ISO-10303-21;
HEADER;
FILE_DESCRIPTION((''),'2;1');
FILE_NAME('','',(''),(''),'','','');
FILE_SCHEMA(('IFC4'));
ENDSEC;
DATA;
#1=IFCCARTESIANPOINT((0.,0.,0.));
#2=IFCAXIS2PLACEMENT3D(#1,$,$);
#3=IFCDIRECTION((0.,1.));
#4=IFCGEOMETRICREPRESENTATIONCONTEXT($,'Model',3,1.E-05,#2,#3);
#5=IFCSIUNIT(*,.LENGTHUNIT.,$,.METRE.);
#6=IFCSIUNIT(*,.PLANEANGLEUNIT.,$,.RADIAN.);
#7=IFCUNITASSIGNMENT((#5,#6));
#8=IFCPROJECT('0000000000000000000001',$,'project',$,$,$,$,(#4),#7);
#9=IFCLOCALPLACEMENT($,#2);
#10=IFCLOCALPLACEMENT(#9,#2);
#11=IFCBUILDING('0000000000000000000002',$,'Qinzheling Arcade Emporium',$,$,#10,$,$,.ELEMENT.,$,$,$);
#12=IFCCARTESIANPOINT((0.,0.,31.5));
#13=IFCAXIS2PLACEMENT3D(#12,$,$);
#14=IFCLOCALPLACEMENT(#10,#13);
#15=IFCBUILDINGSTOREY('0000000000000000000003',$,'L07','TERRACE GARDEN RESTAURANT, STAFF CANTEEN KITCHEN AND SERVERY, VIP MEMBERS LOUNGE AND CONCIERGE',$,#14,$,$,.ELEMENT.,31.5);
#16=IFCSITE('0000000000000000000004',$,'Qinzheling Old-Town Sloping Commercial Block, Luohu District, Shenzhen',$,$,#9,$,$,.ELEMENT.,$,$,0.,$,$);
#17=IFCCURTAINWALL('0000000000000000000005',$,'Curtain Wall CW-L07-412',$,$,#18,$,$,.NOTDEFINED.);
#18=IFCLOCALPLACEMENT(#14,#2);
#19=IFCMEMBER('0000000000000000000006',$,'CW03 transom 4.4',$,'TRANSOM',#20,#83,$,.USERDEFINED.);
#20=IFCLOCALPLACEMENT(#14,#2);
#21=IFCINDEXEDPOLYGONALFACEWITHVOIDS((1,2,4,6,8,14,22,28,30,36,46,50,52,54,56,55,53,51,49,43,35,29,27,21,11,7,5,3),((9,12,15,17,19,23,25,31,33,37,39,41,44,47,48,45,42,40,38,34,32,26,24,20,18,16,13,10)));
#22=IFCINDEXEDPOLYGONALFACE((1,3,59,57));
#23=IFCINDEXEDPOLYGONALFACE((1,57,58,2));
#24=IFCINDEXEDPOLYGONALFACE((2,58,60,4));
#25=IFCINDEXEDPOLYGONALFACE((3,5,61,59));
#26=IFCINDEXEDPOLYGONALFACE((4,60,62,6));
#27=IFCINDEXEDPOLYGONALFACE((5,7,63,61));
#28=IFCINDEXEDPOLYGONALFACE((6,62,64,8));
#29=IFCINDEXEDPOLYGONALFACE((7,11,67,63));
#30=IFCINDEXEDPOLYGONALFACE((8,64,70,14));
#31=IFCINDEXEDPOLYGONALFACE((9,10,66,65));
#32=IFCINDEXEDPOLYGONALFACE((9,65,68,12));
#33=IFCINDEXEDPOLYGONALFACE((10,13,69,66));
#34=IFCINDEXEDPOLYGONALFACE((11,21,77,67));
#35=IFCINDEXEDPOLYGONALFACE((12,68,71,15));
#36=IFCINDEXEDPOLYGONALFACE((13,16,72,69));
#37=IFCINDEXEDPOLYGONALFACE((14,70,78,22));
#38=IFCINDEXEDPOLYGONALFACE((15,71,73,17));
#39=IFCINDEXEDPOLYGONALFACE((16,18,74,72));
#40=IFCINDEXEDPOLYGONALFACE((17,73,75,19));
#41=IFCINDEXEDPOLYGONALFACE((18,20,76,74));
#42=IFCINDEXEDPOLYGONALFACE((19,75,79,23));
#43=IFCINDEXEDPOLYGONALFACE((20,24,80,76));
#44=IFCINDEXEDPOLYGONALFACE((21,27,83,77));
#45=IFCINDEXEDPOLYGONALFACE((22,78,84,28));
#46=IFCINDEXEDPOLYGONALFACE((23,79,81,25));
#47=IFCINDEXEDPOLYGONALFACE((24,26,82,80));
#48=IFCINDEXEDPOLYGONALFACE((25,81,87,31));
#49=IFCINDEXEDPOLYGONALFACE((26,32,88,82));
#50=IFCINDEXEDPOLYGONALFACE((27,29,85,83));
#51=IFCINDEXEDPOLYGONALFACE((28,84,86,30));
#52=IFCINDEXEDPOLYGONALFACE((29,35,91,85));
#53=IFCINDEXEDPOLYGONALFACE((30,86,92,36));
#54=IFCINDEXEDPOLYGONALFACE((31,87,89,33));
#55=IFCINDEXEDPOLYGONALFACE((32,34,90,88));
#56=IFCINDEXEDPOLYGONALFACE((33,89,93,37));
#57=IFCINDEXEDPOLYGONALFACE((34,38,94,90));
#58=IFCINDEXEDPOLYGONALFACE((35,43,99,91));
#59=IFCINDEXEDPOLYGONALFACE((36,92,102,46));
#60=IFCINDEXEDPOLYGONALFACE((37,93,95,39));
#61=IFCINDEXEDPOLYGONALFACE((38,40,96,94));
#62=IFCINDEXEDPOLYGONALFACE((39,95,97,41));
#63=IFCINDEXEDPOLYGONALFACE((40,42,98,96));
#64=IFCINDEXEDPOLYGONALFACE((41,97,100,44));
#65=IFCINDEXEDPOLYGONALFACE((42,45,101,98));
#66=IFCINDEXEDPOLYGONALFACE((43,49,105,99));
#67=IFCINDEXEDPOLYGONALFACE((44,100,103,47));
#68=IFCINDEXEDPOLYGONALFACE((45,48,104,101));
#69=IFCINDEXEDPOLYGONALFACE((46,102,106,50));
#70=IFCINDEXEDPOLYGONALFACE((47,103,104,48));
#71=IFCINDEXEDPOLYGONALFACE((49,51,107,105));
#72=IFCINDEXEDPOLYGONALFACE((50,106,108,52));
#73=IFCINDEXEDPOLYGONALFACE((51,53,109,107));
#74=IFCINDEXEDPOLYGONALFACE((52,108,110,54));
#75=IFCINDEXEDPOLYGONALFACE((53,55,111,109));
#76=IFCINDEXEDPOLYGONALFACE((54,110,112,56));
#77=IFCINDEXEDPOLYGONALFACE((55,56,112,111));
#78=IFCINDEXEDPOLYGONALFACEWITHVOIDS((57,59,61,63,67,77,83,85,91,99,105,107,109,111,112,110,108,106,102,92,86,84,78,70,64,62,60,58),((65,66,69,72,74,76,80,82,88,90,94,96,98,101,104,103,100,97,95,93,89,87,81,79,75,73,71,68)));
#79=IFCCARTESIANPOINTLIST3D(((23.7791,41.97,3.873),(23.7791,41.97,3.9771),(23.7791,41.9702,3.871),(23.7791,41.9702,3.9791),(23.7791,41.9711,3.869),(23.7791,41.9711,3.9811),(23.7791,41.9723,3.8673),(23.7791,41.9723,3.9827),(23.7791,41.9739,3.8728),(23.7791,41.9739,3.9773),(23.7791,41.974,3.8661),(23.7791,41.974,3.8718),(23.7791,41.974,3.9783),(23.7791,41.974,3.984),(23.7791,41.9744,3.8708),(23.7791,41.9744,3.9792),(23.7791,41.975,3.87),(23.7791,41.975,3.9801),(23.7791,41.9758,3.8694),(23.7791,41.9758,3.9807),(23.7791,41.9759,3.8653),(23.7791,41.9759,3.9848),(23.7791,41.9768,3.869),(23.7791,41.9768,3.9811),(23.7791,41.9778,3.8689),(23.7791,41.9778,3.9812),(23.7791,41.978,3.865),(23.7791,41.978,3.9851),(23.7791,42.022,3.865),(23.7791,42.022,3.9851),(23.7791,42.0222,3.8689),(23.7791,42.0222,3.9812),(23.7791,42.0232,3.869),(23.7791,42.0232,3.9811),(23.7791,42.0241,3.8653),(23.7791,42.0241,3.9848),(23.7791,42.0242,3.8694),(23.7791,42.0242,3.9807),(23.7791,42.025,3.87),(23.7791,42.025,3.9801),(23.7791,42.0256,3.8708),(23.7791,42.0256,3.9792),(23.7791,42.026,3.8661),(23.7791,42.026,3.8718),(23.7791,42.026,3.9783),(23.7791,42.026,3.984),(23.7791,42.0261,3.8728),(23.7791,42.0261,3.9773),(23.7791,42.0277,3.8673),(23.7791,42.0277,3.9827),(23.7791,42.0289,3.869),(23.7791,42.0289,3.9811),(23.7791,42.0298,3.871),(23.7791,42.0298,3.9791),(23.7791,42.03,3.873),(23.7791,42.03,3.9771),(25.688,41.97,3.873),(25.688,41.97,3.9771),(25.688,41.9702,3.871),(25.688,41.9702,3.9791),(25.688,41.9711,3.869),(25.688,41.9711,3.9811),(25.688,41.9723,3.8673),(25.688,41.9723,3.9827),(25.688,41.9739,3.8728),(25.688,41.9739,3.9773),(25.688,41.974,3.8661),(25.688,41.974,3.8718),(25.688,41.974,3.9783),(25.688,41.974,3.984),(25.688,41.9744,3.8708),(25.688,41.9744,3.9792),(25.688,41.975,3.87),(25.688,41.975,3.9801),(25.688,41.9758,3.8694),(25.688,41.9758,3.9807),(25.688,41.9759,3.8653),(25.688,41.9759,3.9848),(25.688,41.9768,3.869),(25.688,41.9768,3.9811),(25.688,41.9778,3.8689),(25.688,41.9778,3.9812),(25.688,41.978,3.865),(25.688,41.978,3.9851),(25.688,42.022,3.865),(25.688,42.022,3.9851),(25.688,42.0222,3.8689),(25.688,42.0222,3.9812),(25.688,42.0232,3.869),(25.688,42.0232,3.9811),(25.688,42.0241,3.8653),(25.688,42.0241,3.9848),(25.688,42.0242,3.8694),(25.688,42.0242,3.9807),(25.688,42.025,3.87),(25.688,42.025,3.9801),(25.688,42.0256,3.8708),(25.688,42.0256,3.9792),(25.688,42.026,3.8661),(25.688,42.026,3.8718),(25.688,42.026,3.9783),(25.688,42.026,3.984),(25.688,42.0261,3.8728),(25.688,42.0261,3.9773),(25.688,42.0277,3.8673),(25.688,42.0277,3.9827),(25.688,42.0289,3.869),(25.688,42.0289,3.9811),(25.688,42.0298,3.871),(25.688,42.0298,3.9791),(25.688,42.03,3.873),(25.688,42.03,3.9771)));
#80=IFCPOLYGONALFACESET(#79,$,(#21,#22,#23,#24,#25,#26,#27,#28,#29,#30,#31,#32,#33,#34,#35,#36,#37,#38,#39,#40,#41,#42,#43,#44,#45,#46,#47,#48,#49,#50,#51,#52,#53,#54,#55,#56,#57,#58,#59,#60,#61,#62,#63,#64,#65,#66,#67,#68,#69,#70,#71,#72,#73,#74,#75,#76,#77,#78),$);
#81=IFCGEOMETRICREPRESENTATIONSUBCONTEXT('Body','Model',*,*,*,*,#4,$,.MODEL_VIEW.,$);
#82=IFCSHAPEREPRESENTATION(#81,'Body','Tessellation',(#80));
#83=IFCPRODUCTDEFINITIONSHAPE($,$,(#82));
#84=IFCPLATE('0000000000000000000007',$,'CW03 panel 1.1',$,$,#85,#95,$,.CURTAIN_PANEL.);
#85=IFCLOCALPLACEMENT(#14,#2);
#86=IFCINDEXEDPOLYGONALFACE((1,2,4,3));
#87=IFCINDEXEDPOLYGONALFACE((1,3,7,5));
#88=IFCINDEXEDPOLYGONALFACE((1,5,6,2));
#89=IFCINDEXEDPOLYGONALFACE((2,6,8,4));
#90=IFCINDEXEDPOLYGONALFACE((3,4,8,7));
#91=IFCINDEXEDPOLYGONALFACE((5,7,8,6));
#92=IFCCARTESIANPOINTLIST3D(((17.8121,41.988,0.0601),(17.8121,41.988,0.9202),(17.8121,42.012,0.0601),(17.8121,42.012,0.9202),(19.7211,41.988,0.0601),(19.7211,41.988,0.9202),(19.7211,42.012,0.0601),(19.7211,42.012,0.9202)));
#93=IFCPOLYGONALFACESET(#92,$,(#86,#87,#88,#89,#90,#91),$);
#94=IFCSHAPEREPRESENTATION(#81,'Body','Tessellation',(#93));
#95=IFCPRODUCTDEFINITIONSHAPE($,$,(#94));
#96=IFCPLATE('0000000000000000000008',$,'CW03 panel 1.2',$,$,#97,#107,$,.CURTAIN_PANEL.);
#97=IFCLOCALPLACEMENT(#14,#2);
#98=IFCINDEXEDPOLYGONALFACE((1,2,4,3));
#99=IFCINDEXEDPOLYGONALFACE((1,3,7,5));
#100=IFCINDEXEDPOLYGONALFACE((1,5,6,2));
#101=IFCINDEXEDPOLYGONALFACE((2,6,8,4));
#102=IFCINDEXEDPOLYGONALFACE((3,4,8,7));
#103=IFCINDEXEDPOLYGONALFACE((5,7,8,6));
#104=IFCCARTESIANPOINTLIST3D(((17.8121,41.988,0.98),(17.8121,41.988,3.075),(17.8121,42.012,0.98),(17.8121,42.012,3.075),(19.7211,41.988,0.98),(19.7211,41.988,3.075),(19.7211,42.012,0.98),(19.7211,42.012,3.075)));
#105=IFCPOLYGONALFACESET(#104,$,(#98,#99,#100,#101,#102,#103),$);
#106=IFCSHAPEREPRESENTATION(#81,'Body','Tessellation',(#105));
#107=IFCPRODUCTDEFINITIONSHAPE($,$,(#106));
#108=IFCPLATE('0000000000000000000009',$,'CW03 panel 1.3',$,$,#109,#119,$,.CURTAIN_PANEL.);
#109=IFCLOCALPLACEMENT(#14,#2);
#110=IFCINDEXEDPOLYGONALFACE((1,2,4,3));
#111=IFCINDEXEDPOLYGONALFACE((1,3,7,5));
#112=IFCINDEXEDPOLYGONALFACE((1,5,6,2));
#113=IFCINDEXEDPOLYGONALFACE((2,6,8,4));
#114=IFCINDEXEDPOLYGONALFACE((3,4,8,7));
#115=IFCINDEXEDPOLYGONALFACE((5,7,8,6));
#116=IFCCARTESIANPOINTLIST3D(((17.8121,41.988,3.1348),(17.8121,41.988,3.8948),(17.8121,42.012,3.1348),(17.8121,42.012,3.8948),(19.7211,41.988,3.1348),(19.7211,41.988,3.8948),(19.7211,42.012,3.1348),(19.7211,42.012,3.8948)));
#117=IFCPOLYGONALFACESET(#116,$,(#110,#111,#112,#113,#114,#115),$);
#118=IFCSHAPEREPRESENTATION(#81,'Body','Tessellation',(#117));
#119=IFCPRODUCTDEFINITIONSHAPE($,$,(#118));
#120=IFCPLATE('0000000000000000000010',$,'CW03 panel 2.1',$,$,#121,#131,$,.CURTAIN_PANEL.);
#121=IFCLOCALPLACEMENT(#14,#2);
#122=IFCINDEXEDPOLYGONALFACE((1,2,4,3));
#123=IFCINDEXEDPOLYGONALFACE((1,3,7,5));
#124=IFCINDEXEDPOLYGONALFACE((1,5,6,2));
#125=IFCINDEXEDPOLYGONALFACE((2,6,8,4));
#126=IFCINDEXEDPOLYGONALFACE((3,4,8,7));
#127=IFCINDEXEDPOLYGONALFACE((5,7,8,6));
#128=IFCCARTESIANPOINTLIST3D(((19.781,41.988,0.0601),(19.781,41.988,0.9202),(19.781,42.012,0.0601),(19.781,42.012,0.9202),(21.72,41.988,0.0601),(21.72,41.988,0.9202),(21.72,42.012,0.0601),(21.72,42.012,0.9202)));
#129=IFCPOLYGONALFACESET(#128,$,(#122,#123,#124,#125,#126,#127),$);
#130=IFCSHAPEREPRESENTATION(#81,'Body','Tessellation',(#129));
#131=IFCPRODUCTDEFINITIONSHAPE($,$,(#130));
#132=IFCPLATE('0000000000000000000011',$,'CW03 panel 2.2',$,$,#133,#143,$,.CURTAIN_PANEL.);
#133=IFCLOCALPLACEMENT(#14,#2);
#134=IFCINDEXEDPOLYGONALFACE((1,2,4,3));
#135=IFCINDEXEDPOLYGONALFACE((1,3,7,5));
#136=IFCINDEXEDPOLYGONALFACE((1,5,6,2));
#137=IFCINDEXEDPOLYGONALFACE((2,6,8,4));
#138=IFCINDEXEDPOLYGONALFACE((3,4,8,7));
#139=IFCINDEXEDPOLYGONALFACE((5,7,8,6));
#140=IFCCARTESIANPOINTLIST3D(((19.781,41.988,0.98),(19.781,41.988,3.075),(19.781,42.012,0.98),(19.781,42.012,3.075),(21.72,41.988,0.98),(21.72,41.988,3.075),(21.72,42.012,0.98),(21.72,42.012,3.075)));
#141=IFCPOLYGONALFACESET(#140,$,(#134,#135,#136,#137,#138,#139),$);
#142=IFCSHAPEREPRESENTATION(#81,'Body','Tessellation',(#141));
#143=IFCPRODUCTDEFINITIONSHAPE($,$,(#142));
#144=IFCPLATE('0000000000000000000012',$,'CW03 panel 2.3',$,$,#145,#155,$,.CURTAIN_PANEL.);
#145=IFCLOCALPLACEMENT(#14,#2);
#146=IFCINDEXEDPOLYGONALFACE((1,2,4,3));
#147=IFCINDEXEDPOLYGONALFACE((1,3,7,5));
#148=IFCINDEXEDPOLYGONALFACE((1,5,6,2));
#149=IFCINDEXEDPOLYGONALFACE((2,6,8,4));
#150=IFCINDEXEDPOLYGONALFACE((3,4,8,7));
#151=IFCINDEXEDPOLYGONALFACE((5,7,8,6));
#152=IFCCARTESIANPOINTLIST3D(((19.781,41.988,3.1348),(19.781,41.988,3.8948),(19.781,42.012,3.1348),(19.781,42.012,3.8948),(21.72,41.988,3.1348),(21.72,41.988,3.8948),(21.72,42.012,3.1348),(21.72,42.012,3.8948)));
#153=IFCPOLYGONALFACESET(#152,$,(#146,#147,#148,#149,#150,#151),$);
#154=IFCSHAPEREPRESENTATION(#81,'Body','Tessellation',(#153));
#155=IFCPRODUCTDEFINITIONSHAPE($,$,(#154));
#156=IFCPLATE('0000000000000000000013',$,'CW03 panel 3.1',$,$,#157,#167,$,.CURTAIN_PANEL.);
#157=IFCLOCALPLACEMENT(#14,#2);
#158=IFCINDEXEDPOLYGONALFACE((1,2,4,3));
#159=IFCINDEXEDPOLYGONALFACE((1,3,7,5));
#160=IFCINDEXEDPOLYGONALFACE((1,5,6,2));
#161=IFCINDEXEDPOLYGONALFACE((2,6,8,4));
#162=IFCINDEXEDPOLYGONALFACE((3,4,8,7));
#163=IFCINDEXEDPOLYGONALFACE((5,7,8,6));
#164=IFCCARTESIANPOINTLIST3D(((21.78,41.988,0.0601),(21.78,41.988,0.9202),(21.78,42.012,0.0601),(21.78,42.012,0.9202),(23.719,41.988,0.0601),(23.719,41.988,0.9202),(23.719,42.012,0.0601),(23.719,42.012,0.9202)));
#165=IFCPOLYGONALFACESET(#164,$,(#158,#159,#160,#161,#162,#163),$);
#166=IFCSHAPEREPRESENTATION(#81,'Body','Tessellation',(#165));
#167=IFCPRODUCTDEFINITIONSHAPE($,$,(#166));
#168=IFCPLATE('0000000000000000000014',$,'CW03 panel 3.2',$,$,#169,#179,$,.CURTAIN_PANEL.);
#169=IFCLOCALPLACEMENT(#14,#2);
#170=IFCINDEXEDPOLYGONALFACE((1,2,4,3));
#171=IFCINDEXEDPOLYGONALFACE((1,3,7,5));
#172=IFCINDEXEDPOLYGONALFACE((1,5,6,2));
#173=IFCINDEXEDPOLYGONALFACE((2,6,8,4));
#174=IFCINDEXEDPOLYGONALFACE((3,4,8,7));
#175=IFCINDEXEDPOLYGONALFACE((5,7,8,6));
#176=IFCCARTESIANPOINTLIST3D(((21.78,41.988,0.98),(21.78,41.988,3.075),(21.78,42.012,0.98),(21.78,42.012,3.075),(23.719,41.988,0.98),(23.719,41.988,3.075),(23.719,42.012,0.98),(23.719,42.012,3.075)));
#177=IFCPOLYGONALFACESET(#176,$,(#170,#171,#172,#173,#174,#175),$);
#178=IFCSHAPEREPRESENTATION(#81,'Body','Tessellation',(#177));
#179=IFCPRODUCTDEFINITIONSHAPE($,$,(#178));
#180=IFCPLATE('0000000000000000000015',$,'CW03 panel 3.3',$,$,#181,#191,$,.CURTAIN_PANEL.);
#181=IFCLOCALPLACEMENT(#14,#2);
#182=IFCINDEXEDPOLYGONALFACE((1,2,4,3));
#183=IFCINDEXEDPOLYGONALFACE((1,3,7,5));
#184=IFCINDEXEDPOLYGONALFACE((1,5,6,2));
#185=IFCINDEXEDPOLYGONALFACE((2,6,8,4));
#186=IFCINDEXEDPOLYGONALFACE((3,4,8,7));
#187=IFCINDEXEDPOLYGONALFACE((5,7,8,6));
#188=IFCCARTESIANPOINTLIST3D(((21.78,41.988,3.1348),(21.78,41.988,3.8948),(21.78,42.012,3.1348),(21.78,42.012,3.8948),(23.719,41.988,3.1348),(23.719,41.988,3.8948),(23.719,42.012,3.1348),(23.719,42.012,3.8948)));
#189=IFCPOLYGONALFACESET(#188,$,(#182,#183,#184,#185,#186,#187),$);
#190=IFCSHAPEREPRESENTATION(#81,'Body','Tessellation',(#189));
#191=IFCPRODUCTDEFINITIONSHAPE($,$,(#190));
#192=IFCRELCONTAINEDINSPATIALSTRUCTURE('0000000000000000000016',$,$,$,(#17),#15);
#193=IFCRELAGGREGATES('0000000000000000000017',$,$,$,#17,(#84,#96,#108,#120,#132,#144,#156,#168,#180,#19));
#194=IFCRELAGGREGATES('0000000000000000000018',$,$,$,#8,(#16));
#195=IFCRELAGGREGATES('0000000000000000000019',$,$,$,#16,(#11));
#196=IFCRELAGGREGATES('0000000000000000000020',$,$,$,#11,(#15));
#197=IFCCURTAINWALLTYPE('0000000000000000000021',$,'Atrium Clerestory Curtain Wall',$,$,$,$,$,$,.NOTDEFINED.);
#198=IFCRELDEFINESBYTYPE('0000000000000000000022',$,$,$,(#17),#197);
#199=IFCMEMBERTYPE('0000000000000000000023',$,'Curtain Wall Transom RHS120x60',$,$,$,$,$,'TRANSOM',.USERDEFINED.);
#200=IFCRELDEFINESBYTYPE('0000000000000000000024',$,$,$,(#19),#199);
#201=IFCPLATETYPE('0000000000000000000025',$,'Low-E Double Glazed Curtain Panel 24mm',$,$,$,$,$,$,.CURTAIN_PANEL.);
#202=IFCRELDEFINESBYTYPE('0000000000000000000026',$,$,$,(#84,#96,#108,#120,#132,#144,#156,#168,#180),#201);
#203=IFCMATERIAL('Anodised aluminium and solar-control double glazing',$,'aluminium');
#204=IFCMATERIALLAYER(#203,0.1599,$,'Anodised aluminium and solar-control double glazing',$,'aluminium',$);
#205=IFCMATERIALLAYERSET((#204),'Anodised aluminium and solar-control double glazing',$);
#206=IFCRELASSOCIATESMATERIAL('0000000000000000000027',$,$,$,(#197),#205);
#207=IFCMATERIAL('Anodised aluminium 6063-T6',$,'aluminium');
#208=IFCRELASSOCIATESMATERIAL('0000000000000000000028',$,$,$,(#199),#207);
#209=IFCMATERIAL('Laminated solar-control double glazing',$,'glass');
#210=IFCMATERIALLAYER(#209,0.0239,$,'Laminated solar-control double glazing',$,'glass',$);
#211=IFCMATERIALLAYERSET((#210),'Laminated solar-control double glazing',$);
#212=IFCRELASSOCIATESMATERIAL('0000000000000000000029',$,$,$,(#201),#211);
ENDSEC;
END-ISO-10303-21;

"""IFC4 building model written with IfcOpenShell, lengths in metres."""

from ifc_helpers import new_model, si_unit, direction, frame, origin, origin_2d, place, context, subcontext, project, spatial, rectangle, hollow_rectangle, extrude, material, layer, layer_set, material_profile, profile_set, type_object, element, aggregate, save


model = new_model("IFC4")

# Units and contexts
model_context = context("Model", 3, precision=1e-05, world=origin(), true_north=direction((0.0, 1.0)))
body_context = subcontext(model_context, "Body", "Model", "MODEL_VIEW")
ifc_project = project(units=[si_unit("LENGTHUNIT", "METRE"), si_unit("PLANEANGLEUNIT", "RADIAN")], contexts=[model_context])

# Site, building, storey
site_placement = place(None, origin())
site = spatial("IfcSite", under=ifc_project, at=site_placement, Name="Qinzheling Old-Town Sloping Commercial Block, Luohu District, Shenzhen", CompositionType="ELEMENT", RefElevation=0.0)
building_placement = place(site_placement, origin())
building = spatial("IfcBuilding", under=site, at=building_placement, Name="Qinzheling Arcade Emporium", CompositionType="ELEMENT")
storey_placement = place(building_placement, frame((0.0, 0.0, 31.5)))
storey = spatial("IfcBuildingStorey", under=building, at=storey_placement, Name="L07", Description="TERRACE GARDEN RESTAURANT, STAFF CANTEEN KITCHEN AND SERVERY, VIP MEMBERS LOUNGE AND CONCIERGE", CompositionType="ELEMENT", Elevation=31.5)

# Curtain wall, member, plates
ifc_material_1 = material(Name="Anodised aluminium and solar-control double glazing", Category="aluminium")
ifc_layer_1 = layer(ifc_material_1, 0.1599, Name="Anodised aluminium and solar-control double glazing", Category="aluminium")
ifc_layer_set_1 = layer_set([ifc_layer_1], Name="Anodised aluminium and solar-control double glazing")
curtain_wall_type = type_object("IfcCurtainWallType", Name="Atrium Clerestory Curtain Wall", PredefinedType="NOTDEFINED", material=ifc_layer_set_1)
curtain_wall_placement = place(storey_placement, origin())
curtain_wall = element("IfcCurtainWall", 1, at=curtain_wall_placement, inside=storey, type_object=curtain_wall_type, Name="Curtain Wall CW-L07-412", PredefinedType="NOTDEFINED")
ifc_material_2 = material(Name="Anodised aluminium 6063-T6", Category="aluminium")
ifc_material_profile_1 = material_profile(ifc_material_2, hollow_rectangle(XDim=0.0601, YDim=0.1201, WallThickness=0.0039, InnerFilletRadius=0.0039, OuterFilletRadius=0.0081, at=origin_2d()), Name="RHS 120x60x4", Category="aluminium")
ifc_profile_set_1 = profile_set([ifc_material_profile_1], Name="Anodised aluminium 6063-T6")
member_type_1 = type_object("IfcMemberType", Name="Curtain Wall Transom RHS120x60", ElementType="TRANSOM", PredefinedType="USERDEFINED", material=ifc_profile_set_1)
member_1_placement = place(storey_placement, frame((23.7791, 42.0, 3.925), z_axis=(1.0, 0.0, 0.0), x_axis=(0.0, 1.0, 0.0)))
member_1 = element("IfcMember", 2, at=member_1_placement, type_object=member_type_1, Name="CW03 transom 4.4", ObjectType="TRANSOM", PredefinedType="USERDEFINED", context=body_context, shape_type="SweptSolid", body=[
    extrude(hollow_rectangle(XDim=0.0601, YDim=0.1201, WallThickness=0.0039, InnerFilletRadius=0.0039, OuterFilletRadius=0.0081, at=origin_2d()), origin(), (0.0, 0.0, 1.0), 1.9089),
])
ifc_material_3 = material(Name="Laminated solar-control double glazing", Category="glass")
ifc_layer_2 = layer(ifc_material_3, 0.0239, Name="Laminated solar-control double glazing", Category="glass")
ifc_layer_set_2 = layer_set([ifc_layer_2], Name="Laminated solar-control double glazing")
plate_type = type_object("IfcPlateType", Name="Low-E Double Glazed Curtain Panel 24mm", PredefinedType="CURTAIN_PANEL", material=ifc_layer_set_2)
plate_1_placement = place(storey_placement, frame((18.7666, 42.0, 0.0601), z_axis=(0.0, 0.0, 1.0), x_axis=(1.0, 0.0, 0.0)))
plate_1 = element("IfcPlate", 3, at=plate_1_placement, type_object=plate_type, Name="CW03 panel 1.1", PredefinedType="CURTAIN_PANEL", context=body_context, shape_type="SweptSolid", body=[
    extrude(rectangle(XDim=1.9089, YDim=0.0239, at=origin_2d()), origin(), (0.0, 0.0, 1.0), 0.8601),
])
plate_2_placement = place(storey_placement, frame((18.7666, 42.0, 0.98), z_axis=(0.0, 0.0, 1.0), x_axis=(1.0, 0.0, 0.0)))
plate_2 = element("IfcPlate", 4, at=plate_2_placement, type_object=plate_type, Name="CW03 panel 1.2", PredefinedType="CURTAIN_PANEL", context=body_context, shape_type="SweptSolid", body=[
    extrude(rectangle(XDim=1.9089, YDim=0.0239, at=origin_2d()), origin(), (0.0, 0.0, 1.0), 2.095),
])
plate_3_placement = place(storey_placement, frame((18.7666, 42.0, 3.1348), z_axis=(0.0, 0.0, 1.0), x_axis=(1.0, 0.0, 0.0)))
plate_3 = element("IfcPlate", 5, at=plate_3_placement, type_object=plate_type, Name="CW03 panel 1.3", PredefinedType="CURTAIN_PANEL", context=body_context, shape_type="SweptSolid", body=[
    extrude(rectangle(XDim=1.9089, YDim=0.0239, at=origin_2d()), origin(), (0.0, 0.0, 1.0), 0.76),
])
plate_4_placement = place(storey_placement, frame((20.7505, 42.0, 0.0601), z_axis=(0.0, 0.0, 1.0), x_axis=(1.0, 0.0, 0.0)))
plate_4 = element("IfcPlate", 6, at=plate_4_placement, type_object=plate_type, Name="CW03 panel 2.1", PredefinedType="CURTAIN_PANEL", context=body_context, shape_type="SweptSolid", body=[
    extrude(rectangle(XDim=1.939, YDim=0.0239, at=origin_2d()), origin(), (0.0, 0.0, 1.0), 0.8601),
])
plate_5_placement = place(storey_placement, frame((20.7505, 42.0, 0.98), z_axis=(0.0, 0.0, 1.0), x_axis=(1.0, 0.0, 0.0)))
plate_5 = element("IfcPlate", 7, at=plate_5_placement, type_object=plate_type, Name="CW03 panel 2.2", PredefinedType="CURTAIN_PANEL", context=body_context, shape_type="SweptSolid", body=[
    extrude(rectangle(XDim=1.939, YDim=0.0239, at=origin_2d()), origin(), (0.0, 0.0, 1.0), 2.095),
])
plate_6_placement = place(storey_placement, frame((20.7505, 42.0, 3.1348), z_axis=(0.0, 0.0, 1.0), x_axis=(1.0, 0.0, 0.0)))
plate_6 = element("IfcPlate", 8, at=plate_6_placement, type_object=plate_type, Name="CW03 panel 2.3", PredefinedType="CURTAIN_PANEL", context=body_context, shape_type="SweptSolid", body=[
    extrude(rectangle(XDim=1.939, YDim=0.0239, at=origin_2d()), origin(), (0.0, 0.0, 1.0), 0.76),
])
plate_7_placement = place(storey_placement, frame((22.7495, 42.0, 0.0601), z_axis=(0.0, 0.0, 1.0), x_axis=(1.0, 0.0, 0.0)))
plate_7 = element("IfcPlate", 9, at=plate_7_placement, type_object=plate_type, Name="CW03 panel 3.1", PredefinedType="CURTAIN_PANEL", context=body_context, shape_type="SweptSolid", body=[
    extrude(rectangle(XDim=1.939, YDim=0.0239, at=origin_2d()), origin(), (0.0, 0.0, 1.0), 0.8601),
])
plate_8_placement = place(storey_placement, frame((22.7495, 42.0, 0.98), z_axis=(0.0, 0.0, 1.0), x_axis=(1.0, 0.0, 0.0)))
plate_8 = element("IfcPlate", 10, at=plate_8_placement, type_object=plate_type, Name="CW03 panel 3.2", PredefinedType="CURTAIN_PANEL", context=body_context, shape_type="SweptSolid", body=[
    extrude(rectangle(XDim=1.939, YDim=0.0239, at=origin_2d()), origin(), (0.0, 0.0, 1.0), 2.095),
])
plate_9_placement = place(storey_placement, frame((22.7495, 42.0, 3.1348), z_axis=(0.0, 0.0, 1.0), x_axis=(1.0, 0.0, 0.0)))
plate_9 = element("IfcPlate", 11, at=plate_9_placement, type_object=plate_type, Name="CW03 panel 3.3", PredefinedType="CURTAIN_PANEL", context=body_context, shape_type="SweptSolid", body=[
    extrude(rectangle(XDim=1.939, YDim=0.0239, at=origin_2d()), origin(), (0.0, 0.0, 1.0), 0.76),
])
aggregate(curtain_wall, [plate_1, plate_2, plate_3, plate_4, plate_5, plate_6, plate_7, plate_8, plate_9, member_1])

save(model, "model.ifc")
